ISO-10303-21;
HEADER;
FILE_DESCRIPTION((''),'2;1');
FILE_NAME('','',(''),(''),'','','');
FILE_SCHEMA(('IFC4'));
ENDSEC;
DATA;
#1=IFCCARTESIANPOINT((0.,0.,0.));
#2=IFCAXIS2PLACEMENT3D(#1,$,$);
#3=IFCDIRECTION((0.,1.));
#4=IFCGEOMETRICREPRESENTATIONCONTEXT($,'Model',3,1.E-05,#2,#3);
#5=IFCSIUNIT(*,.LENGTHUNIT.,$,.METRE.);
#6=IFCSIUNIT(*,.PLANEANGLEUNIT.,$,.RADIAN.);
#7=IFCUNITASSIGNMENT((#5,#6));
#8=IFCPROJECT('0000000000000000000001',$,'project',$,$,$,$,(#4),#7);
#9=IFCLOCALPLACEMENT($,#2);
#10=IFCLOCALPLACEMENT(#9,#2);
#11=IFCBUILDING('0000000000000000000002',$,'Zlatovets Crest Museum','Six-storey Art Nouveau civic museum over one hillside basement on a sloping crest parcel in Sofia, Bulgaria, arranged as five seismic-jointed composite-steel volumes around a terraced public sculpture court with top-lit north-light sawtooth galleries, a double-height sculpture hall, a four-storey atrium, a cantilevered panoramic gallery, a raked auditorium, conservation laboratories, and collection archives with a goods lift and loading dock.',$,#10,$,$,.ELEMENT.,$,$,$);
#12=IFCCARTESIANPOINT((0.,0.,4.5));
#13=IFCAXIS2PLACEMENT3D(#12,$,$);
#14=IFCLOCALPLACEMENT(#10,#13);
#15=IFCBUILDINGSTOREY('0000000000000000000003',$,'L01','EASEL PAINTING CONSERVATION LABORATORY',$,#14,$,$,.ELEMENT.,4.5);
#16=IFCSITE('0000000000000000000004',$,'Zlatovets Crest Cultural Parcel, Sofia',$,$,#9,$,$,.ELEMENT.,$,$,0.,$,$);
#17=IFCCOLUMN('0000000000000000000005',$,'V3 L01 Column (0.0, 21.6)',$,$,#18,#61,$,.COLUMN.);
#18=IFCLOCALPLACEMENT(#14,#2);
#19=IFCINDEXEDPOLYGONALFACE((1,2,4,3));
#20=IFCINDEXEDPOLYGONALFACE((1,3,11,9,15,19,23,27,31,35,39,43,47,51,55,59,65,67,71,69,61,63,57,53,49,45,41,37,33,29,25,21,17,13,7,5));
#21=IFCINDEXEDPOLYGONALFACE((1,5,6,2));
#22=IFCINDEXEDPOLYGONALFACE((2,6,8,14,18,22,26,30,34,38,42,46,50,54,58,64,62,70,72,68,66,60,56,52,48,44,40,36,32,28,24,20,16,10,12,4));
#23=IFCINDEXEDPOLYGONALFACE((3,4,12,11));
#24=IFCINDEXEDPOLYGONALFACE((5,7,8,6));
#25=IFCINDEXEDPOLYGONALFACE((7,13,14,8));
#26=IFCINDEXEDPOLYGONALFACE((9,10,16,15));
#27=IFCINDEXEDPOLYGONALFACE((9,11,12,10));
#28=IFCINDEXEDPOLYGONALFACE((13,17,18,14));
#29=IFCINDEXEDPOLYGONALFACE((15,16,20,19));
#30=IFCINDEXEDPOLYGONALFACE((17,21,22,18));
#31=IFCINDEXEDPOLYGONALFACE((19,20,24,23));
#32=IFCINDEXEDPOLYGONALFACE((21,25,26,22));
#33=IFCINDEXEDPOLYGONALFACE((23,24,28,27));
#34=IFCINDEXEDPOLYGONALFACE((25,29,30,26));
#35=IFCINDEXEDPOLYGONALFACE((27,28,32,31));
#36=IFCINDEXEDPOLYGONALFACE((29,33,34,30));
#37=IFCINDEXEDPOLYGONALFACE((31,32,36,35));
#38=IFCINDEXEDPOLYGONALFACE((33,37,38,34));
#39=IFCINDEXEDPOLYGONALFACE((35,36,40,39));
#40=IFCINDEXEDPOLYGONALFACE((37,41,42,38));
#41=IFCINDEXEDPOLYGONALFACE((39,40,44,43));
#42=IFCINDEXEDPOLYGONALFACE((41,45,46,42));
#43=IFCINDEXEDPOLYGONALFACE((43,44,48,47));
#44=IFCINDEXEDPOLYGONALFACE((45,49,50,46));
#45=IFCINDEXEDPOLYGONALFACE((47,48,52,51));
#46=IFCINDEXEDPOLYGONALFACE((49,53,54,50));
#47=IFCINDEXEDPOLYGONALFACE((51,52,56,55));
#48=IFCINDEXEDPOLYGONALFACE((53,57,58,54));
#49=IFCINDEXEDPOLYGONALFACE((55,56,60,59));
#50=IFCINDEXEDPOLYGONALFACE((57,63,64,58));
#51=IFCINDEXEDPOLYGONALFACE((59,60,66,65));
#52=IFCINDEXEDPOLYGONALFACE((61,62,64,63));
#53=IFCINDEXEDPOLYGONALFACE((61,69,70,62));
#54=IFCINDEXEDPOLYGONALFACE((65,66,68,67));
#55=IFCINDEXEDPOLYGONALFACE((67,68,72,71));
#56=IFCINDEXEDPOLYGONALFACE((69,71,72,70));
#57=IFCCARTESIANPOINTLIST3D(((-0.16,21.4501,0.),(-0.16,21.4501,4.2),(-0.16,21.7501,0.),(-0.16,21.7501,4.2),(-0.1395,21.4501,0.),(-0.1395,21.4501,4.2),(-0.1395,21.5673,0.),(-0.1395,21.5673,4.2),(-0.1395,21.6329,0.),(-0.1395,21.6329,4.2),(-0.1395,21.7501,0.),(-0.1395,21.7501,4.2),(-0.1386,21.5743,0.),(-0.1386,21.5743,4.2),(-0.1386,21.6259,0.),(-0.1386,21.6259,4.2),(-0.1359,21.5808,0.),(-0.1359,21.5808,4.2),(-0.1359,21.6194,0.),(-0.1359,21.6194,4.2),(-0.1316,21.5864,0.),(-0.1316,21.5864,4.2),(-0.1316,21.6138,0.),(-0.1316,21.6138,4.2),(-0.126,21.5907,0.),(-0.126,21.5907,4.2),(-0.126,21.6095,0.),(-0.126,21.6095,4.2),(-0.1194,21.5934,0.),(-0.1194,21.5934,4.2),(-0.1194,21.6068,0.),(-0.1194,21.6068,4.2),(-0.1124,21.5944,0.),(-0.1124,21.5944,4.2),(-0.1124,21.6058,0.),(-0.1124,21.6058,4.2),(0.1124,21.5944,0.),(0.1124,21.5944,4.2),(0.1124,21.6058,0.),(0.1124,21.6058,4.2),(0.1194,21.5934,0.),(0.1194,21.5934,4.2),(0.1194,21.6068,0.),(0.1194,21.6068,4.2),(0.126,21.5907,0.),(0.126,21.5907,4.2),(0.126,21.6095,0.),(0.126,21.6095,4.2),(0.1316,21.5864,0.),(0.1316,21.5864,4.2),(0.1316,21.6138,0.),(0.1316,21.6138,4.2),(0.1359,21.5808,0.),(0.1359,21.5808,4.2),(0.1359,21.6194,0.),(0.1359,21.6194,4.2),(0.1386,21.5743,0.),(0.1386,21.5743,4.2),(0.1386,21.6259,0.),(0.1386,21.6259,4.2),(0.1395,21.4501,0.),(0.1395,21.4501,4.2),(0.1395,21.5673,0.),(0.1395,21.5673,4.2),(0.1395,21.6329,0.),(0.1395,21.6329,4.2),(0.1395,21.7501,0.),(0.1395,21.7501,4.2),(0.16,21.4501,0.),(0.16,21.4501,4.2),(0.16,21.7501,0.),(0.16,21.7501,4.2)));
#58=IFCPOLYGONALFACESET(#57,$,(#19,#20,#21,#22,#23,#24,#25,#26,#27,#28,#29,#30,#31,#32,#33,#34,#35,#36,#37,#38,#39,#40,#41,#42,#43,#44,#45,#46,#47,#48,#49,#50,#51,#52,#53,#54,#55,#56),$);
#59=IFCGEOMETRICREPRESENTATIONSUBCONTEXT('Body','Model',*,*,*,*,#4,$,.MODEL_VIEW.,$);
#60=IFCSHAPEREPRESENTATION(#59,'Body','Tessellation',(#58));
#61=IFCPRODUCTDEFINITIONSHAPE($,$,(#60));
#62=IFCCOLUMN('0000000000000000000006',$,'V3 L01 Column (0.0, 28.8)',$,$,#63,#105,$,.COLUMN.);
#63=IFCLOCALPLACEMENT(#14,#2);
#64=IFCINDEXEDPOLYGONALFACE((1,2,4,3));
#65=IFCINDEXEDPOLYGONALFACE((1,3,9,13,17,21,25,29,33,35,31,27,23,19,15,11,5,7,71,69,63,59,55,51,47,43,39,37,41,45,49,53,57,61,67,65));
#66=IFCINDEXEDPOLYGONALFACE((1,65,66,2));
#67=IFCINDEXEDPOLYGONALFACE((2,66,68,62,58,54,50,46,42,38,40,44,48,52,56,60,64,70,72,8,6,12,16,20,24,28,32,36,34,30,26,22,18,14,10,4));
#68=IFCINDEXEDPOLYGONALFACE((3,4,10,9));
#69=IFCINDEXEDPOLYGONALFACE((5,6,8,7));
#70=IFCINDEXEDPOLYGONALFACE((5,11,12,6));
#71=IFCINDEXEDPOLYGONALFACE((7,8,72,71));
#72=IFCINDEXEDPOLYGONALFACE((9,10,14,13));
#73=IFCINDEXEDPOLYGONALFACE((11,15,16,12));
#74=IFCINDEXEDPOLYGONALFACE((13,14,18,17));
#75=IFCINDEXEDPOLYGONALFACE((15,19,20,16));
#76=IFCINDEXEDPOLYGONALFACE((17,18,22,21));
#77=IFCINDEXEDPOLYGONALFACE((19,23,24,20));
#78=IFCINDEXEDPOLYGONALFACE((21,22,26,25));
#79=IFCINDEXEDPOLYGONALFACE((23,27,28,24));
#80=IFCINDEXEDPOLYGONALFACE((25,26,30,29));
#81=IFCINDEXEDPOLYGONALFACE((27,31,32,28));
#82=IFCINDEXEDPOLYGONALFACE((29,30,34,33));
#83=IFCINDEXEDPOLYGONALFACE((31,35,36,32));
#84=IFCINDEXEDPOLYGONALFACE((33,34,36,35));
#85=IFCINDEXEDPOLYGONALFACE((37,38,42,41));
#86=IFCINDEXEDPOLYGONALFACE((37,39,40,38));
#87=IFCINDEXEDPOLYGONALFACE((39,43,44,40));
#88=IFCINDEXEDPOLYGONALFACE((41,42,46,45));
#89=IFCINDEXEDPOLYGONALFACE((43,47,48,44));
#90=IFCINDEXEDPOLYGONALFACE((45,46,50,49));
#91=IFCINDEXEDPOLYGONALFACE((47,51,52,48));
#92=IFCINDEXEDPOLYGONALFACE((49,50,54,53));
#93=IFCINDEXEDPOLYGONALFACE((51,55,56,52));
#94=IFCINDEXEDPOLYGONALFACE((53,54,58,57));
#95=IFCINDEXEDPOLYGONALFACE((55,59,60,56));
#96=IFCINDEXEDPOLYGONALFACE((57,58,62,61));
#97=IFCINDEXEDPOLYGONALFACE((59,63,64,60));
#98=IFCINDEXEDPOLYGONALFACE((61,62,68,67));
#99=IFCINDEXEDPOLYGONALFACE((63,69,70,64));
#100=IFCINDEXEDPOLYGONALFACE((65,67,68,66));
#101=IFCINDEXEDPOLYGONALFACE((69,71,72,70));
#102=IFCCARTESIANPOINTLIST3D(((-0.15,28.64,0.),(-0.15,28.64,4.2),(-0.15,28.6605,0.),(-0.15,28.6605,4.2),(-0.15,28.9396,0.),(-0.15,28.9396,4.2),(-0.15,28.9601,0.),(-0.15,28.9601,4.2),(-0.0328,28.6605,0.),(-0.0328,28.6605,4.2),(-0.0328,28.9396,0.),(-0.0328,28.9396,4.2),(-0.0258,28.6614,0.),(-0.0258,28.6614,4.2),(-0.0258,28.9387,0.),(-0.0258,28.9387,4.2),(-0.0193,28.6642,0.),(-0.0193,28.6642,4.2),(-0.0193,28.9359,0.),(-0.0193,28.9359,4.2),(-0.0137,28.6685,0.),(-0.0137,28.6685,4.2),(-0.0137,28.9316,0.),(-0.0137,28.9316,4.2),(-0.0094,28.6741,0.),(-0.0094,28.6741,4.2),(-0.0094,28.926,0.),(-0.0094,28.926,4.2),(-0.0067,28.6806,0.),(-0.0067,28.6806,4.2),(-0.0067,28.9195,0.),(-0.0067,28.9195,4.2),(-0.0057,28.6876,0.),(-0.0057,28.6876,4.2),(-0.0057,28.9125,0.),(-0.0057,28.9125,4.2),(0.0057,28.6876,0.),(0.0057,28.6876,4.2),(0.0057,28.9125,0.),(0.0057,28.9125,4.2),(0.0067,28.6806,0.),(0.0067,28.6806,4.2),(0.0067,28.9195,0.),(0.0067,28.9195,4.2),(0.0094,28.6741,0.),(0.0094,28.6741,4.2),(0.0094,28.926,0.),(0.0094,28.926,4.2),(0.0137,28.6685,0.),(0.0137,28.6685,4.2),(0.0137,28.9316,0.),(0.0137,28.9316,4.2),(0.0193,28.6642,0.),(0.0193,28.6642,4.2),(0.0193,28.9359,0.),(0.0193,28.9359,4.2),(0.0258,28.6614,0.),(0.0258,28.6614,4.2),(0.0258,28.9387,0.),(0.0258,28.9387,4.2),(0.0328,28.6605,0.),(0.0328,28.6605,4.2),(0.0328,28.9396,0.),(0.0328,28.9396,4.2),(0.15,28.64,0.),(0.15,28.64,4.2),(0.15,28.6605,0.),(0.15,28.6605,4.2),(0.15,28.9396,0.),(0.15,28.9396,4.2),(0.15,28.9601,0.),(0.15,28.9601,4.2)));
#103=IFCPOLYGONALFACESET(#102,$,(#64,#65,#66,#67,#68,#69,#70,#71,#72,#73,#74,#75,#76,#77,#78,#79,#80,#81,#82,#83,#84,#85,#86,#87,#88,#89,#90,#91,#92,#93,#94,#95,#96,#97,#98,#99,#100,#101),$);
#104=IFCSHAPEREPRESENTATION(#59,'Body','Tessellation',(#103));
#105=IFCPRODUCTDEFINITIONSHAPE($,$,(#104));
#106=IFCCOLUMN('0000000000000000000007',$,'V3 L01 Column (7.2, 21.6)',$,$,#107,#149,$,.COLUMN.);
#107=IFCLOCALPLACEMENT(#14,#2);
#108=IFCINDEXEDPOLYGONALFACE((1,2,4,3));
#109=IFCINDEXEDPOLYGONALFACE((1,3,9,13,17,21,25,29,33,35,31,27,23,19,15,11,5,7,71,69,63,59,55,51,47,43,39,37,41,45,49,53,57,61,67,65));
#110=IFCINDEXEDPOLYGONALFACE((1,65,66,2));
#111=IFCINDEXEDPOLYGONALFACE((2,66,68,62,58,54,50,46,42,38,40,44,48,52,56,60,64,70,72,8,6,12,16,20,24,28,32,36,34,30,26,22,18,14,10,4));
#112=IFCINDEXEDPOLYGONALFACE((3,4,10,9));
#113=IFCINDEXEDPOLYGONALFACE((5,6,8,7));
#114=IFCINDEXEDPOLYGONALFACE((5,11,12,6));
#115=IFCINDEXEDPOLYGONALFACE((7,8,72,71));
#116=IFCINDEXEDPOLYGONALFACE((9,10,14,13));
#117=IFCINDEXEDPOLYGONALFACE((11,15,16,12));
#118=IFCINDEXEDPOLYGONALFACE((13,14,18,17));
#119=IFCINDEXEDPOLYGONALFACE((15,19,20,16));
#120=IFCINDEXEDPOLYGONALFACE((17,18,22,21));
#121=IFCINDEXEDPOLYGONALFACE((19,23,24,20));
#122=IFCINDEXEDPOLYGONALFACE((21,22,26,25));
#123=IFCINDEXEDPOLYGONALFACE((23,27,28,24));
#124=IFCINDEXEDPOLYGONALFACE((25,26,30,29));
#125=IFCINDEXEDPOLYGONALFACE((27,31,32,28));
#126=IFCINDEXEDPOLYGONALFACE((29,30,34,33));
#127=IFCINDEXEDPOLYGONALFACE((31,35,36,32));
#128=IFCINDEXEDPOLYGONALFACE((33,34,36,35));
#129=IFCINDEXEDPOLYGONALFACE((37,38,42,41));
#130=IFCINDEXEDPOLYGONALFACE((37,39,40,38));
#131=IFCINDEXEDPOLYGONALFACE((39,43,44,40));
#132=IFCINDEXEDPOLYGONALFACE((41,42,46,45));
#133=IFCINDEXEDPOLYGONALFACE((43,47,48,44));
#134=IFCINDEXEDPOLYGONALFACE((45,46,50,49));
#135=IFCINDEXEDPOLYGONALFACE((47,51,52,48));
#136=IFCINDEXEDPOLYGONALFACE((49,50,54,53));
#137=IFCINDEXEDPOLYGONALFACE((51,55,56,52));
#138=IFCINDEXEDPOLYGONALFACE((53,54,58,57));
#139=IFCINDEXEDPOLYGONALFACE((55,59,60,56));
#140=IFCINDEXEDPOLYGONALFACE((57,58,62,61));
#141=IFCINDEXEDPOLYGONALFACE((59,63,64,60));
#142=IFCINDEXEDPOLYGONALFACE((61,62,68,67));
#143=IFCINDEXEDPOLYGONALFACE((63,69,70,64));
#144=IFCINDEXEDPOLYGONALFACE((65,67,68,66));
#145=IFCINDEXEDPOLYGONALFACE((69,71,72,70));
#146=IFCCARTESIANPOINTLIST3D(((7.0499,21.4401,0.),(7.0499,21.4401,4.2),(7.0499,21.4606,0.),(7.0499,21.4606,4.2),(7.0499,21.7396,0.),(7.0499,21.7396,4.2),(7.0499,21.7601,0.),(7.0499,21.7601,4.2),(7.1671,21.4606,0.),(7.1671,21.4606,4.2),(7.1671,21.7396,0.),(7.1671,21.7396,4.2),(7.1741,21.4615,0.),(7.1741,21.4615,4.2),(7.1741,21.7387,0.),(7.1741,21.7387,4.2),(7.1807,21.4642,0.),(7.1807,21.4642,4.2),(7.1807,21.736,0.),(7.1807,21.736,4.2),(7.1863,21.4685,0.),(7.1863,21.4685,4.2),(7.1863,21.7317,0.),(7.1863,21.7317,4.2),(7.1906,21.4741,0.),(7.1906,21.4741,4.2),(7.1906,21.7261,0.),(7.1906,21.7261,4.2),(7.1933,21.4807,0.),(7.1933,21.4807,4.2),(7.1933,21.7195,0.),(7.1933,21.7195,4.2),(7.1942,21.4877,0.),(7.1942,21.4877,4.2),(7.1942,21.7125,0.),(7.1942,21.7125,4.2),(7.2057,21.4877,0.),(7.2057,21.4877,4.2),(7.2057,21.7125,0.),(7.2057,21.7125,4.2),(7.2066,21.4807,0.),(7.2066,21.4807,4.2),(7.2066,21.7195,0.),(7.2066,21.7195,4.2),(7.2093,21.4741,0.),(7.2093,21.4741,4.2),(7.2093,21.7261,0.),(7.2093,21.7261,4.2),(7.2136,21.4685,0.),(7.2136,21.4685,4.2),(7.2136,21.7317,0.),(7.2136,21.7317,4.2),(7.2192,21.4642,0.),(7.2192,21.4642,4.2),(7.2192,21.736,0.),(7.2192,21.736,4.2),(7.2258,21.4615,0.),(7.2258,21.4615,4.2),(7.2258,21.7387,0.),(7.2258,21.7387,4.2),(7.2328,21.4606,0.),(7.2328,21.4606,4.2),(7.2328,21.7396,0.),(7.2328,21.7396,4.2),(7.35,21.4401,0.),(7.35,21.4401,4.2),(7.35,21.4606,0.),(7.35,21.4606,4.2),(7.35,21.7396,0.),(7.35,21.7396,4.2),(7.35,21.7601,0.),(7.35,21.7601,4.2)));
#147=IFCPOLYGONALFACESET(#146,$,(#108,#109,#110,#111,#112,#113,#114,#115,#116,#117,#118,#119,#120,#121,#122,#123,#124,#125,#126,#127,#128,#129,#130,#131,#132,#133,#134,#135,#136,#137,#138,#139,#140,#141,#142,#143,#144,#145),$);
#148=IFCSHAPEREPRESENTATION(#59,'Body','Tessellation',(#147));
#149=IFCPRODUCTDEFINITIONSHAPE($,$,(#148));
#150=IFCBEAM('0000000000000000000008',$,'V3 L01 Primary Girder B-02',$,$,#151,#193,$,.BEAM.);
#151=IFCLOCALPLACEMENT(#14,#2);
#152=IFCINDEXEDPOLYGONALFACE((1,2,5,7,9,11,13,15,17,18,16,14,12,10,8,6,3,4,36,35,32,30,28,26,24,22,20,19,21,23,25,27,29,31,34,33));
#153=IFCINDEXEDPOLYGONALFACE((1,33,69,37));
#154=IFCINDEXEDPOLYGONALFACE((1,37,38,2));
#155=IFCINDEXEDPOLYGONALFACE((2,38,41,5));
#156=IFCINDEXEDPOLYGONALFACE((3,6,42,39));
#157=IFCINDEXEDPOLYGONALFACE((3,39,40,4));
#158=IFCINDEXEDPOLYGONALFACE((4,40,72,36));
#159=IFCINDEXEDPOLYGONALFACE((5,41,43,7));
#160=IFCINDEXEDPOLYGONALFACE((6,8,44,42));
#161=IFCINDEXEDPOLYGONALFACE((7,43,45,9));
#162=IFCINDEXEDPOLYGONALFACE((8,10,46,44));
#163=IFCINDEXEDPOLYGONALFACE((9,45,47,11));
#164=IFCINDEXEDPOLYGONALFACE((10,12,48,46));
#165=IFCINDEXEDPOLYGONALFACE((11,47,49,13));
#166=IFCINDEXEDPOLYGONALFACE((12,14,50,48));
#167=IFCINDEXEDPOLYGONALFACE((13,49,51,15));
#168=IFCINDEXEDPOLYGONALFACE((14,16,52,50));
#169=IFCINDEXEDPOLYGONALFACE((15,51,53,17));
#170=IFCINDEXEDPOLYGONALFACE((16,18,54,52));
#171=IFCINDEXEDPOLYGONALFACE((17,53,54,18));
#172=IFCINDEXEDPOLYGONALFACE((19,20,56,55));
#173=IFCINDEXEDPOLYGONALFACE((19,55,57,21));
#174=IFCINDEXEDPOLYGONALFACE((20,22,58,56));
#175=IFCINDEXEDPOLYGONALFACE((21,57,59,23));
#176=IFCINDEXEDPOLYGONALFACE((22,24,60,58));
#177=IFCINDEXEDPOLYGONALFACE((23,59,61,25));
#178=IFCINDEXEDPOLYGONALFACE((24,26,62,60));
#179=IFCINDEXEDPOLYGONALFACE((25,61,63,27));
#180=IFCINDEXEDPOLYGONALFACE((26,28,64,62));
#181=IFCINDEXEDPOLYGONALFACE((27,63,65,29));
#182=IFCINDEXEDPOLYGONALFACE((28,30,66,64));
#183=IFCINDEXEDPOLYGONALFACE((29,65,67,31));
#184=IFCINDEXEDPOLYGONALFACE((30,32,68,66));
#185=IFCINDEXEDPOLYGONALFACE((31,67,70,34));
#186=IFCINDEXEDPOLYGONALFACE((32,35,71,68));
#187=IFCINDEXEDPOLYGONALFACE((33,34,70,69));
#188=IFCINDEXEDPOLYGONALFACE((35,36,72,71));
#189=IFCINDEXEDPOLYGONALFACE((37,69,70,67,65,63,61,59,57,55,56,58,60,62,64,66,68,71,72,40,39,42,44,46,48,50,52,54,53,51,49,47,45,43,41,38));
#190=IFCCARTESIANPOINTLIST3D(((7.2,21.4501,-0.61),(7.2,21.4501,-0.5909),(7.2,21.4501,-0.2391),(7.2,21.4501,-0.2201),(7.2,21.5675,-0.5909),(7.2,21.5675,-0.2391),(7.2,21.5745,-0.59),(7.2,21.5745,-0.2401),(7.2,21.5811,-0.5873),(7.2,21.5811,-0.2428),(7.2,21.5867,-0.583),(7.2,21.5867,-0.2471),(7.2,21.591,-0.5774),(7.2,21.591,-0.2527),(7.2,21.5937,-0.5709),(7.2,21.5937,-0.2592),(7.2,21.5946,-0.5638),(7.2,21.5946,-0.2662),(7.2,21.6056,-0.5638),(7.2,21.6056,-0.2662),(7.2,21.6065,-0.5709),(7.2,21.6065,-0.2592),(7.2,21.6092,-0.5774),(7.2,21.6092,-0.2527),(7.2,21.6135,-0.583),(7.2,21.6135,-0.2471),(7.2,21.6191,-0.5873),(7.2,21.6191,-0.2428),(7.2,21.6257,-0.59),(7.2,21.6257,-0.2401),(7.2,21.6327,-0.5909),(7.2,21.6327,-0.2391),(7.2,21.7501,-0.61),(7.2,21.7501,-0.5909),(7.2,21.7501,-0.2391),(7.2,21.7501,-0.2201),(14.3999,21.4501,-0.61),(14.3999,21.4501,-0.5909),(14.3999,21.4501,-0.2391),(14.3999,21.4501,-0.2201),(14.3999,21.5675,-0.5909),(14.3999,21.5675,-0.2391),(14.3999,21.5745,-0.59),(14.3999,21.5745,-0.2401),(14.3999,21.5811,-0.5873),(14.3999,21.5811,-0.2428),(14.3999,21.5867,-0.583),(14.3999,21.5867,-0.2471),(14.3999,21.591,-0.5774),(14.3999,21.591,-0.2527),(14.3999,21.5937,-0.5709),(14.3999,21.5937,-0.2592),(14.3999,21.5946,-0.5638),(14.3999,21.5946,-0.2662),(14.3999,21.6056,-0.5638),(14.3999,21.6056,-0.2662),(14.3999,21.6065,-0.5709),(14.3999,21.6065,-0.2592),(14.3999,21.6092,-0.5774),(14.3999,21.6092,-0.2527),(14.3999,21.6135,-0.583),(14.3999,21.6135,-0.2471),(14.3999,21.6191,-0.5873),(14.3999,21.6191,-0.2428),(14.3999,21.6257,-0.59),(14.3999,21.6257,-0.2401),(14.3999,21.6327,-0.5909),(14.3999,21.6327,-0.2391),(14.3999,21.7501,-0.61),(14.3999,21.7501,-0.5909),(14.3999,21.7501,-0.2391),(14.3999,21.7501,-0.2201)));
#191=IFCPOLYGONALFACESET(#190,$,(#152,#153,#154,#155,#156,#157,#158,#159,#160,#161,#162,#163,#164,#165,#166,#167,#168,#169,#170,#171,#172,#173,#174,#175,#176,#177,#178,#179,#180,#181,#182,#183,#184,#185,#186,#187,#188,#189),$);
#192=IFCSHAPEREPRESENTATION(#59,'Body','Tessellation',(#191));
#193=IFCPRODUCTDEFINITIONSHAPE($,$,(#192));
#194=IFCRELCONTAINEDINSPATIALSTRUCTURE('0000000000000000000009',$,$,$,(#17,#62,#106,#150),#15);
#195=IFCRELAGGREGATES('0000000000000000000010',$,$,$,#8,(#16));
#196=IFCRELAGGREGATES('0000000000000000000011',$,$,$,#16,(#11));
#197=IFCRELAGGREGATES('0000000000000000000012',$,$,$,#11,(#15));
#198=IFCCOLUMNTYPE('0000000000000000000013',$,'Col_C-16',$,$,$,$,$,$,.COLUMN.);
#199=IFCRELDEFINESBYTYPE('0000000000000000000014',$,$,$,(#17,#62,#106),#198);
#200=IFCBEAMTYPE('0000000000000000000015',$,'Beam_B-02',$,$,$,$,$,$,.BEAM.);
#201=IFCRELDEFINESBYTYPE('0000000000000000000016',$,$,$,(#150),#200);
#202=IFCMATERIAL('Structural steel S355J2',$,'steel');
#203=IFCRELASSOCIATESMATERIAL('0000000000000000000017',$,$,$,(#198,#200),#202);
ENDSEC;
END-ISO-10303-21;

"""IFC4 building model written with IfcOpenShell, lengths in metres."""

from ifc_helpers import new_model, si_unit, direction, frame, origin, origin_2d, place, context, subcontext, project, spatial, i_section, extrude, material, material_profile, profile_set, type_object, element, save


model = new_model("IFC4")

# Units and contexts
model_context = context("Model", 3, precision=1e-05, world=origin(), true_north=direction((0.0, 1.0)))
body_context = subcontext(model_context, "Body", "Model", "MODEL_VIEW")
ifc_project = project(units=[si_unit("LENGTHUNIT", "METRE"), si_unit("PLANEANGLEUNIT", "RADIAN")], contexts=[model_context])

# Site, building, storey
site_placement = place(None, origin())
site = spatial("IfcSite", under=ifc_project, at=site_placement, Name="Zlatovets Crest Cultural Parcel, Sofia", CompositionType="ELEMENT", RefElevation=0.0)
building_placement = place(site_placement, origin())
building = spatial("IfcBuilding", under=site, at=building_placement, Name="Zlatovets Crest Museum", Description="Six-storey Art Nouveau civic museum over one hillside basement on a sloping crest parcel in Sofia, Bulgaria, arranged as five seismic-jointed composite-steel volumes around a terraced public sculpture court with top-lit north-light sawtooth galleries, a double-height sculpture hall, a four-storey atrium, a cantilevered panoramic gallery, a raked auditorium, conservation laboratories, and collection archives with a goods lift and loading dock.", CompositionType="ELEMENT")
storey_placement = place(building_placement, frame((0.0, 0.0, 4.5)))
storey = spatial("IfcBuildingStorey", under=building, at=storey_placement, Name="L01", Description="EASEL PAINTING CONSERVATION LABORATORY", CompositionType="ELEMENT", Elevation=4.5)

# Columns
ifc_material_1 = material(Name="Structural steel S355J2", Category="steel")
ifc_material_profile_1 = material_profile(ifc_material_1, i_section(OverallWidth=0.3, OverallDepth=0.3201, WebThickness=0.0115, FlangeThickness=0.0205, FilletRadius=0.0271, at=origin_2d()), Name="HEB 320")
ifc_profile_set_1 = profile_set([ifc_material_profile_1], Name="Structural steel S355J2")
column_type = type_object("IfcColumnType", Name="Col_C-16", PredefinedType="COLUMN", material=ifc_profile_set_1)
for number, where, z_axis, x_axis, name in (
    (1, (0.0, 21.6001, 0.0), (0.0, 0.0, 1.0), (0.0, 1.0, 0.0), "V3 L01 Column (0.0, 21.6)"),
    (2, (0.0, 28.8, 0.0), (0.0, 0.0, 1.0), (1.0, 0.0, 0.0), "V3 L01 Column (0.0, 28.8)"),
    (3, (7.2, 21.6001, 0.0), (0.0, 0.0, 1.0), (1.0, 0.0, 0.0), "V3 L01 Column (7.2, 21.6)"),
):
    element("IfcColumn", number, at=place(storey_placement, frame(where, z_axis=z_axis, x_axis=x_axis)), inside=storey, type_object=column_type, Name=name, PredefinedType="COLUMN", context=body_context, shape_type="SweptSolid", body=[
        extrude(i_section(OverallWidth=0.3, OverallDepth=0.3201, WebThickness=0.0115, FlangeThickness=0.0205, FilletRadius=0.0271, at=origin_2d()), origin(), (0.0, 0.0, 1.0), 4.2),
    ])

# Beam
ifc_material_profile_2 = material_profile(ifc_material_1, i_section(OverallWidth=0.3, OverallDepth=0.3899, WebThickness=0.011, FlangeThickness=0.019, FilletRadius=0.0271, at=origin_2d()), Name="HEA 400")
ifc_profile_set_2 = profile_set([ifc_material_profile_2], Name="Structural steel S355J2")
beam_type_1 = type_object("IfcBeamType", Name="Beam_B-02", PredefinedType="BEAM", material=ifc_profile_set_2)
for number, where, z_axis, x_axis, name in (
    (4, (7.2, 21.6001, -0.415), (1.0, 0.0, 0.0), (0.0, 1.0, 0.0), "V3 L01 Primary Girder B-02"),
):
    element("IfcBeam", number, at=place(storey_placement, frame(where, z_axis=z_axis, x_axis=x_axis)), inside=storey, type_object=beam_type_1, Name=name, PredefinedType="BEAM", context=body_context, shape_type="SweptSolid", body=[
        extrude(i_section(OverallWidth=0.3, OverallDepth=0.3899, WebThickness=0.011, FlangeThickness=0.019, FilletRadius=0.0271, at=origin_2d()), origin(), (0.0, 0.0, 1.0), 7.2),
    ])

save(model, "model.ifc")
